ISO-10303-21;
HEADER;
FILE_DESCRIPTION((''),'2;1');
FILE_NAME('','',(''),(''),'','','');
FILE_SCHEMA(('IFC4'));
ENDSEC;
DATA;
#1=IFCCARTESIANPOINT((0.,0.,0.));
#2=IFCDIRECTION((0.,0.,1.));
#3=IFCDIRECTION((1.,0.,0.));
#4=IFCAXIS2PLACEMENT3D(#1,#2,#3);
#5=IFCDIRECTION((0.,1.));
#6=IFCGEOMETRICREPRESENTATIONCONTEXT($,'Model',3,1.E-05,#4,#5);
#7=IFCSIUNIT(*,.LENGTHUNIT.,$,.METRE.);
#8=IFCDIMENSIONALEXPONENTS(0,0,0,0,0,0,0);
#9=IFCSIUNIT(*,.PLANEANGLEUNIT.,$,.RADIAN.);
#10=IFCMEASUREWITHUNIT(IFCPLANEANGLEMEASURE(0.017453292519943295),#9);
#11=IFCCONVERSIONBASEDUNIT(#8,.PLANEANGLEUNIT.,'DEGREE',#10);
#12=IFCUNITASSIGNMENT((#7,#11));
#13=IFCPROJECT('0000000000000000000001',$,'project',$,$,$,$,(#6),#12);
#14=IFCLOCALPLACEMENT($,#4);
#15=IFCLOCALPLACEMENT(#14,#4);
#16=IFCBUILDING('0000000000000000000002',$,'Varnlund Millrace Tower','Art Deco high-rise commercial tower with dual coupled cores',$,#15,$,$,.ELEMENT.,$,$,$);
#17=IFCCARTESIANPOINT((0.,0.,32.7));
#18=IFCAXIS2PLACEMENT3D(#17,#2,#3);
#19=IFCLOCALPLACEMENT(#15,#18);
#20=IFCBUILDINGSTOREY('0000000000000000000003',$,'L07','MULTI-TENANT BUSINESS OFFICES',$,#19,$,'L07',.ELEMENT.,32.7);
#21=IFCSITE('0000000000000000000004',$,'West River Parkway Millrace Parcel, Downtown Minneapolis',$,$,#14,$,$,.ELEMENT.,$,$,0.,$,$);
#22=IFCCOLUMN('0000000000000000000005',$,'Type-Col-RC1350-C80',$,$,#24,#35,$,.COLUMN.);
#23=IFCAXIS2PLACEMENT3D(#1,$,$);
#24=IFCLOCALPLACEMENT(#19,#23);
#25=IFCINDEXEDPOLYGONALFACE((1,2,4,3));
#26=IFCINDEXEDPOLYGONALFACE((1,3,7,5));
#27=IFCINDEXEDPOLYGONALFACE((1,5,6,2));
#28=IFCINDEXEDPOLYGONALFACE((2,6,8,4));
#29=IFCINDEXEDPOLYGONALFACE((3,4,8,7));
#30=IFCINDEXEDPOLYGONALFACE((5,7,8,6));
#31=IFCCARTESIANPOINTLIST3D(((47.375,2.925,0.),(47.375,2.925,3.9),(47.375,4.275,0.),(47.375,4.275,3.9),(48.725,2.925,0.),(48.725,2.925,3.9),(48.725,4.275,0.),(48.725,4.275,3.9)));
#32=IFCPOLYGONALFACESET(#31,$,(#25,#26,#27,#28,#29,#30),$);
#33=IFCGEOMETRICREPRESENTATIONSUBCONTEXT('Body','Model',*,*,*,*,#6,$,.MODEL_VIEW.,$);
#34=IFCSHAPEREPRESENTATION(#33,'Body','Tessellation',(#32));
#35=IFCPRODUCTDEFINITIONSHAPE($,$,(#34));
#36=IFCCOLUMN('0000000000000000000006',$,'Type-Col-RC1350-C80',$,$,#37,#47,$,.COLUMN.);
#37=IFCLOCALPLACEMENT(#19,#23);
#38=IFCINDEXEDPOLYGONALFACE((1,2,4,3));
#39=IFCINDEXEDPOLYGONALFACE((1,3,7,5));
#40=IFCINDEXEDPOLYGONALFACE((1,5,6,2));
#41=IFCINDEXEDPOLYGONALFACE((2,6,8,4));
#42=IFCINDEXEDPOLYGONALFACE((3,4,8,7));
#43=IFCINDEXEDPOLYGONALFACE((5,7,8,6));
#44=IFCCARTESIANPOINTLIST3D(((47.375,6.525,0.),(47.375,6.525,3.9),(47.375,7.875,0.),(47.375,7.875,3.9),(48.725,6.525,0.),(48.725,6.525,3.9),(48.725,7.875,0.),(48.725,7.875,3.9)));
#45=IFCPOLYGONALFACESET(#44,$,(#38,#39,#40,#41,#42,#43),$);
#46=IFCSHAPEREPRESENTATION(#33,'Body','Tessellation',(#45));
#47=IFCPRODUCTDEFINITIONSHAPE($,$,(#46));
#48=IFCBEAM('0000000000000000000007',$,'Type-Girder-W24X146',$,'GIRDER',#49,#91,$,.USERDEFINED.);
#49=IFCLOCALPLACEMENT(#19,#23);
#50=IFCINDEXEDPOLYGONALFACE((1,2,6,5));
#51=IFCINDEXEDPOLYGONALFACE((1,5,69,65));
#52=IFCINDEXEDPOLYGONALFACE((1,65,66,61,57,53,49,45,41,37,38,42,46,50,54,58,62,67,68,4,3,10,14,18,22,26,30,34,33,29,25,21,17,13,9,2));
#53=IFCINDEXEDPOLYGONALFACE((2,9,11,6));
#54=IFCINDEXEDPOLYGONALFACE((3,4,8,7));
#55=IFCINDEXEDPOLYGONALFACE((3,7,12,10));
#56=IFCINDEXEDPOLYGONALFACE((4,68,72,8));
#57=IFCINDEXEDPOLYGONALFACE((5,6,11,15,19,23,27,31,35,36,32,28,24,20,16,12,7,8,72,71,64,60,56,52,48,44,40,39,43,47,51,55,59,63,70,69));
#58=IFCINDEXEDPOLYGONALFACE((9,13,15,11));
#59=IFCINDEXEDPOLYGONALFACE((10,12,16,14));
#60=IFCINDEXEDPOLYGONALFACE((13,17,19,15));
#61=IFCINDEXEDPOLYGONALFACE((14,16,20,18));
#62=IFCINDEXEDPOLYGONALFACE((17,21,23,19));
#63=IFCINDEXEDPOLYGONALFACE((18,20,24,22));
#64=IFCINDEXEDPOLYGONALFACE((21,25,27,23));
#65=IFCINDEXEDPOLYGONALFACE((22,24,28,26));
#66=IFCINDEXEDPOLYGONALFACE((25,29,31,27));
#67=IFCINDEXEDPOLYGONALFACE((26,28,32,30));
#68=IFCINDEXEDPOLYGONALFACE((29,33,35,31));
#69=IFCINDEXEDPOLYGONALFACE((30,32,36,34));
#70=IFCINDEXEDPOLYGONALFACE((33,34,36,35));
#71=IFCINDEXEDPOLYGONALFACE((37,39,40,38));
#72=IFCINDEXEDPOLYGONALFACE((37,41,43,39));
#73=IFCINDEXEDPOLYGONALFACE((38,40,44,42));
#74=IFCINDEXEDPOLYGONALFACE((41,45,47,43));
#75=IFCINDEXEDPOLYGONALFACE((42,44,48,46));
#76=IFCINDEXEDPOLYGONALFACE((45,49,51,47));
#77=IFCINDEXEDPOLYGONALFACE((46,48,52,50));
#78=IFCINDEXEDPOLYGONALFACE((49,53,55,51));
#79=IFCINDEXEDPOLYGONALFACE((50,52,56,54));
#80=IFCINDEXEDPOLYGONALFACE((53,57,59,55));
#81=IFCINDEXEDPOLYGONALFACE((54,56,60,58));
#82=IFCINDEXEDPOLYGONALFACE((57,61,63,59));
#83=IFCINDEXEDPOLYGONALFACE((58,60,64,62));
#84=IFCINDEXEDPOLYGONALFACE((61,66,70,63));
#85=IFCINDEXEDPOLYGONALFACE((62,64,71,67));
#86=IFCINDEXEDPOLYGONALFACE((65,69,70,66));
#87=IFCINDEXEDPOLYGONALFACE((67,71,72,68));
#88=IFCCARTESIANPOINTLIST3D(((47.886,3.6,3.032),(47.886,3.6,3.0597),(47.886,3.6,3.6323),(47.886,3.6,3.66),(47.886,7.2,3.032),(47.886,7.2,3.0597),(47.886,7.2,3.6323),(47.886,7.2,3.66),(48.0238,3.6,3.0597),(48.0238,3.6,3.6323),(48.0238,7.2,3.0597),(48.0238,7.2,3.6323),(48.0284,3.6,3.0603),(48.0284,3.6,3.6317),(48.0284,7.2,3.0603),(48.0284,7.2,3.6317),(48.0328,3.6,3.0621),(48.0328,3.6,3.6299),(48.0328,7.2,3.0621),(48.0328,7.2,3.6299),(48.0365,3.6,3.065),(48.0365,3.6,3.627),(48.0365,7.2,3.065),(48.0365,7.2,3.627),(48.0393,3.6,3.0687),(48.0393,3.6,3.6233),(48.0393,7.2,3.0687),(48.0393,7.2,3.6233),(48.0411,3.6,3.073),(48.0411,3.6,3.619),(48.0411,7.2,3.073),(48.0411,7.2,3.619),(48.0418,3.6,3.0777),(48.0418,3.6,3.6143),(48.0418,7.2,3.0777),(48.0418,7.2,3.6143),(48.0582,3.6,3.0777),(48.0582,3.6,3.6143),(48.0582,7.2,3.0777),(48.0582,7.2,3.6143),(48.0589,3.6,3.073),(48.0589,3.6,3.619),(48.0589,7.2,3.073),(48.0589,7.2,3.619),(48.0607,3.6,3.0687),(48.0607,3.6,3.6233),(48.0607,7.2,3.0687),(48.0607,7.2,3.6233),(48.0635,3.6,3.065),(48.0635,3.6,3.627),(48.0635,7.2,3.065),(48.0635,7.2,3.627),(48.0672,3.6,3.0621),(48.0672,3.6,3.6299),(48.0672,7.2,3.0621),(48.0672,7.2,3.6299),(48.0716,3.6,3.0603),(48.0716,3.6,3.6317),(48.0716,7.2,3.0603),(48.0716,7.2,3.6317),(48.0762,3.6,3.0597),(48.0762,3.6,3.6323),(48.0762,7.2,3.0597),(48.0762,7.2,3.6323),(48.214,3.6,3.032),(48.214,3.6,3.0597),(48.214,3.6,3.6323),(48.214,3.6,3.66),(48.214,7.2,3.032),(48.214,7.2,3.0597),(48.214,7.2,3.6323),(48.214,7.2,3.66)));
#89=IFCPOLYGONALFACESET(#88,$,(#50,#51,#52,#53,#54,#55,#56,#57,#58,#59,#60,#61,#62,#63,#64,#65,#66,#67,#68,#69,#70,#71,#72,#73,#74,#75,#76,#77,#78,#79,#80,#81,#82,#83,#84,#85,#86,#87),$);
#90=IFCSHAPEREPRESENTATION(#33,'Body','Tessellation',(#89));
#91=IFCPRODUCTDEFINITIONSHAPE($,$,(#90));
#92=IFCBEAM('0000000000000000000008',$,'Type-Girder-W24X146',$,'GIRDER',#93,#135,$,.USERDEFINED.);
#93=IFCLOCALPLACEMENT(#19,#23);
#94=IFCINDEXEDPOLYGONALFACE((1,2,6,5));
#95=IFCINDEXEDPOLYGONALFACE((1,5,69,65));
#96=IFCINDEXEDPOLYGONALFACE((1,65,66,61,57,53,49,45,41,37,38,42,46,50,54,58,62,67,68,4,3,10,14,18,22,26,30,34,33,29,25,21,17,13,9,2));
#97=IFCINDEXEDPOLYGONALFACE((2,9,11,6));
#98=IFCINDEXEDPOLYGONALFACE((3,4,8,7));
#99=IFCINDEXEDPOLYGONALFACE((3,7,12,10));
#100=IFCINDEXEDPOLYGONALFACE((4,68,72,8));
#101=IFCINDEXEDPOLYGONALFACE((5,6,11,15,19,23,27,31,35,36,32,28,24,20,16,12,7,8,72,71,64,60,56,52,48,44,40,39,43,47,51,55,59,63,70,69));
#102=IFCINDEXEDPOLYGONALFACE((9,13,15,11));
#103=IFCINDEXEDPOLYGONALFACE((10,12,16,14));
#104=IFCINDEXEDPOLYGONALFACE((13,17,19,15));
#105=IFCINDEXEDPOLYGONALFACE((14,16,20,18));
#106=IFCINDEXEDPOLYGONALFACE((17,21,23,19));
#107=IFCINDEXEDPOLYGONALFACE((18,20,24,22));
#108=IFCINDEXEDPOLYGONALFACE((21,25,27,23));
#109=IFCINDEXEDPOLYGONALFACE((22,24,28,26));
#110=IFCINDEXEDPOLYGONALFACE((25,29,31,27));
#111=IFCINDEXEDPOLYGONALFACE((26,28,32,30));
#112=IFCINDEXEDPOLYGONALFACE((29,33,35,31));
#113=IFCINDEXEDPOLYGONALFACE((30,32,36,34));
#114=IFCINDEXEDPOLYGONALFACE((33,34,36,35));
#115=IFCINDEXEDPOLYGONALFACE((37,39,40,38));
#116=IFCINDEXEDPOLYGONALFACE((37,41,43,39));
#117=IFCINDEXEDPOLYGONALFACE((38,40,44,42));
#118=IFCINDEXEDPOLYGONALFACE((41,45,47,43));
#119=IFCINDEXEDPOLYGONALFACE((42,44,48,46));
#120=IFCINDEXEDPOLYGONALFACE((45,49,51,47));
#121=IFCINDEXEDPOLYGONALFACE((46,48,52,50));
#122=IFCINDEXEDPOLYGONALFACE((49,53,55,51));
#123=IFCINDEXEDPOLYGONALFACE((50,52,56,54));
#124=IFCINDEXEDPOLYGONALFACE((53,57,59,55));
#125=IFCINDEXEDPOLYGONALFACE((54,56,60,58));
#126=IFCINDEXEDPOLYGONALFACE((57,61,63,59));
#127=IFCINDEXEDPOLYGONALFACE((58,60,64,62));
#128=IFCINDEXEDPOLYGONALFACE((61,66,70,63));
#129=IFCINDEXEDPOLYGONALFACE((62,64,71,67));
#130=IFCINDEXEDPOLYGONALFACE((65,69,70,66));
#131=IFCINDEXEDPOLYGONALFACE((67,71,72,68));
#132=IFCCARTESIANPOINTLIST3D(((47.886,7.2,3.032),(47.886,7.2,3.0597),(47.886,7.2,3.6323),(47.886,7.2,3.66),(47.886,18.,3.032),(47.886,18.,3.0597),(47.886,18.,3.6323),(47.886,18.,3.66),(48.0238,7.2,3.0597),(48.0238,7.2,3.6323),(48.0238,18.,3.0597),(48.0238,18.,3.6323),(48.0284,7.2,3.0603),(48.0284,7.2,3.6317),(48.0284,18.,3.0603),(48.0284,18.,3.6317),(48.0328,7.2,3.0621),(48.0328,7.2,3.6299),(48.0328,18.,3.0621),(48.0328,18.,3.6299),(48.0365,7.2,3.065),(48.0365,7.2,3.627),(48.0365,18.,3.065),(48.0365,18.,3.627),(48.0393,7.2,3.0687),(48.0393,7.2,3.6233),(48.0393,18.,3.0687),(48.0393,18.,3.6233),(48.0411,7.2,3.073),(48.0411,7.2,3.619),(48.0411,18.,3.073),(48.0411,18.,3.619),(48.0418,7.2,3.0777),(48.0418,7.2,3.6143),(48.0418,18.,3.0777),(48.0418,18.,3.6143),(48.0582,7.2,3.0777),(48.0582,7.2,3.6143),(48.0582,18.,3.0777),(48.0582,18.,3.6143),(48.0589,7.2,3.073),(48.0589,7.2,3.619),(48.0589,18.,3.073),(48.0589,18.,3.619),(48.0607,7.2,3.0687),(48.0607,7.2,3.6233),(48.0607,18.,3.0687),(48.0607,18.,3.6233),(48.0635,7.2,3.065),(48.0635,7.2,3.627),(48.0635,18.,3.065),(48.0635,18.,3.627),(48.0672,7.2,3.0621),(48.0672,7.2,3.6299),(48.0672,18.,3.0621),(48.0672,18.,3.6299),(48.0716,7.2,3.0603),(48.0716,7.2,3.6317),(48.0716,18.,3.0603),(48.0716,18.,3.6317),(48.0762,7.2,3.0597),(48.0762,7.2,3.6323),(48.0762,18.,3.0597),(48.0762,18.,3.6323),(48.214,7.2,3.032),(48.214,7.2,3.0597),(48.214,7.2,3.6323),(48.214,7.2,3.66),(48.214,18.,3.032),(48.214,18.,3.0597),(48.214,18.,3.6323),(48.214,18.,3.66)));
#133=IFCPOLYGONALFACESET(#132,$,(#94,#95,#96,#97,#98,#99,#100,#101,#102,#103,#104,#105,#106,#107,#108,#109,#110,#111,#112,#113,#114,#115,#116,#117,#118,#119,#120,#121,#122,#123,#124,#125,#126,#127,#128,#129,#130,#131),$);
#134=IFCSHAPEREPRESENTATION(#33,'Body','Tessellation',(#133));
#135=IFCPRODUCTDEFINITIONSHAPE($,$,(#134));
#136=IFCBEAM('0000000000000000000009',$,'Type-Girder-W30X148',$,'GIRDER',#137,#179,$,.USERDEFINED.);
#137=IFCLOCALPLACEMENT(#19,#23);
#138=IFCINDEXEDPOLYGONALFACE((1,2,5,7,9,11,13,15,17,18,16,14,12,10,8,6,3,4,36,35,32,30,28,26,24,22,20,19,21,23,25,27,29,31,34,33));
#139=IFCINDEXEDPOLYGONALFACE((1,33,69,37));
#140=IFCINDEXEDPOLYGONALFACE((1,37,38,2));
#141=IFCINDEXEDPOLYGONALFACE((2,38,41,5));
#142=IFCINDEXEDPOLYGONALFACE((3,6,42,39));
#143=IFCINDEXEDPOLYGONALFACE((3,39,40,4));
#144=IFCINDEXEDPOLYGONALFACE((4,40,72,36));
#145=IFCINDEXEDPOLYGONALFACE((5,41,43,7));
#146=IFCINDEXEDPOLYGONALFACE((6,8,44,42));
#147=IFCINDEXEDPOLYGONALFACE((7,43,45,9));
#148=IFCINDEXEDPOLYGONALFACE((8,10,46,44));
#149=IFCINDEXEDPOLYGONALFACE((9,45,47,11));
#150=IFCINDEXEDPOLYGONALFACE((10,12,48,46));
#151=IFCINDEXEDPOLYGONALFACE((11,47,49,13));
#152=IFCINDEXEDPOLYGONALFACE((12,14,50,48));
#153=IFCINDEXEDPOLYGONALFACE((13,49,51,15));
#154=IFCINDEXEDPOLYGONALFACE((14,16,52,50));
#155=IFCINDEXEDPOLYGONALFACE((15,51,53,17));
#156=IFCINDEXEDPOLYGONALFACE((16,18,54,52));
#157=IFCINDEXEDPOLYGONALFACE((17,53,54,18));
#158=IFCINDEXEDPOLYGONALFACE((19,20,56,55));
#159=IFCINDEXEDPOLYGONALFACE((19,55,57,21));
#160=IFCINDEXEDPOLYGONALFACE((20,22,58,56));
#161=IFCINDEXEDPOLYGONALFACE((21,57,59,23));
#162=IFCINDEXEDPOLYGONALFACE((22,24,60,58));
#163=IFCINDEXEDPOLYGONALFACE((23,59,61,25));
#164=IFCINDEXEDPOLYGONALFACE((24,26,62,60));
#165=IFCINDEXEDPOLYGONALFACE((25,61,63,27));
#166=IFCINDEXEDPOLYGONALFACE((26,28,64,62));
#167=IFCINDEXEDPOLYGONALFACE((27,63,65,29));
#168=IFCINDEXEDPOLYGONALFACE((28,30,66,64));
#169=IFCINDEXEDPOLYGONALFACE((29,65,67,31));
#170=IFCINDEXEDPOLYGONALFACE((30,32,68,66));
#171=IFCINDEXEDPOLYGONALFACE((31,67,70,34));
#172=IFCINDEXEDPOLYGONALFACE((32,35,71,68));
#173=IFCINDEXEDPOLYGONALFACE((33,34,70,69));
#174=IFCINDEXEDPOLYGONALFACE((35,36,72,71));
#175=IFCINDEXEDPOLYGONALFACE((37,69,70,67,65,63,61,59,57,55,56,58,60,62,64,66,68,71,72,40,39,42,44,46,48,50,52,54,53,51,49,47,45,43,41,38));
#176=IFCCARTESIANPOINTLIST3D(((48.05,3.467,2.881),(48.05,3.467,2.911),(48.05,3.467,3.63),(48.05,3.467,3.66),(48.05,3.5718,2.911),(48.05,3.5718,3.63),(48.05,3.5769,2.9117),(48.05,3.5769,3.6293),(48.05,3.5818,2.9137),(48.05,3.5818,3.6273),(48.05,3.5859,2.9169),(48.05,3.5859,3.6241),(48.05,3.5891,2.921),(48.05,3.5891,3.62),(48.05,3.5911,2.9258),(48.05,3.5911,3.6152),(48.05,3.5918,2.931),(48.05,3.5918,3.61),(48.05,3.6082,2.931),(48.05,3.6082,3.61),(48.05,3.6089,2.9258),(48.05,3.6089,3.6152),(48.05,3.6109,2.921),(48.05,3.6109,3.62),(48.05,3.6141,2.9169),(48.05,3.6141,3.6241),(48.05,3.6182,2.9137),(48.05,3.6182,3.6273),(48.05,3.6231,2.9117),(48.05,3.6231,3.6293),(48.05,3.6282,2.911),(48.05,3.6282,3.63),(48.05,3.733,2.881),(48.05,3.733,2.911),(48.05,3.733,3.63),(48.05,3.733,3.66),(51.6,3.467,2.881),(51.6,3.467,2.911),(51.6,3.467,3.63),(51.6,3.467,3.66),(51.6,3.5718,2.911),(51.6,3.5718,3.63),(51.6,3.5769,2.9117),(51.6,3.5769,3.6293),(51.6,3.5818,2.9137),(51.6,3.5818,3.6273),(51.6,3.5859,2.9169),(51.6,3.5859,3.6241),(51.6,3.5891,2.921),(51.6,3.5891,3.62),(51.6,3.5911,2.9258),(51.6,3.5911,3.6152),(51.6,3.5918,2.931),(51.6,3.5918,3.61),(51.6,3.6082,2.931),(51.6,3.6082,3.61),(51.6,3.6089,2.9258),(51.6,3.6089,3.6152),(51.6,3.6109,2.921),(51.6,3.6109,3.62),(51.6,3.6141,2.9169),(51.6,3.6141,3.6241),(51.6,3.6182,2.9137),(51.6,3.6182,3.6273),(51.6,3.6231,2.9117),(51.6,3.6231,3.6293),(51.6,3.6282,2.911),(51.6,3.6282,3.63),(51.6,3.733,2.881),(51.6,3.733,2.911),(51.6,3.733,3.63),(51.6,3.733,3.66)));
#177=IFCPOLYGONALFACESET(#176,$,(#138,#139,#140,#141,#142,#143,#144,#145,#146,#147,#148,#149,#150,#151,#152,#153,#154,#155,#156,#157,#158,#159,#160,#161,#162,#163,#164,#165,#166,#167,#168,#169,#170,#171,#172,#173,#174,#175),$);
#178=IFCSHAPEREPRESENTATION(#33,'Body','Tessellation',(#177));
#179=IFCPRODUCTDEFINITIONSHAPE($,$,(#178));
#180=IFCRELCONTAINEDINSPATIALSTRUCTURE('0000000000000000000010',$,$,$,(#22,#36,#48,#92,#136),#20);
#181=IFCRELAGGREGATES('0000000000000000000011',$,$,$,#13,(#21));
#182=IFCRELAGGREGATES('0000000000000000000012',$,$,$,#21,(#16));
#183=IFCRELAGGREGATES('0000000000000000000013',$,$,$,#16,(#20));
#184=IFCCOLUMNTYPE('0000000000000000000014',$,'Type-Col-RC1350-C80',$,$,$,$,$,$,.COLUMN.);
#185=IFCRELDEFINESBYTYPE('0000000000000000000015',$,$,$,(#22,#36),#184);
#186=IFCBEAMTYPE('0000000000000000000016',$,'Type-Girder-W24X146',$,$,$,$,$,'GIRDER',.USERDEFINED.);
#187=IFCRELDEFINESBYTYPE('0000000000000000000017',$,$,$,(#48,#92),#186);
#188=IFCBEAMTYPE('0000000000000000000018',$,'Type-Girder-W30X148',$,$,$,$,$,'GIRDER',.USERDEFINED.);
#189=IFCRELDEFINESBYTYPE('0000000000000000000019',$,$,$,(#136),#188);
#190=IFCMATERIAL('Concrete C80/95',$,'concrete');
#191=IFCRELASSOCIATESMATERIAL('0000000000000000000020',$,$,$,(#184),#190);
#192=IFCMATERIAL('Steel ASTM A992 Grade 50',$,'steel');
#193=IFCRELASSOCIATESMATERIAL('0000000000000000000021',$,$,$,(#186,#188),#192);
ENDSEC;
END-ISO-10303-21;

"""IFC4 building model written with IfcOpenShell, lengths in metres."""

from ifc_helpers import new_model, entity, si_unit, converted_unit, direction, frame, origin_with_axes, origin_2d_with_axis, place, context, subcontext, project, spatial, rectangle, i_section, extrude, material, material_profile, profile_set, type_object, element, save


model = new_model("IFC4")

# Units and contexts
model_context = context("Model", 3, precision=1e-05, world=origin_with_axes(), true_north=direction((0.0, 1.0)))
body_context = subcontext(model_context, "Body", "Model", "MODEL_VIEW")
ifc_project = project(units=[si_unit("LENGTHUNIT", "METRE"), converted_unit("PLANEANGLEUNIT", "DEGREE", entity("IfcPlaneAngleMeasure", 0.017453292519943295), si_unit("PLANEANGLEUNIT", "RADIAN"), dimensions=[0, 0, 0, 0, 0, 0, 0])], contexts=[model_context])

# Site, building, storey
site_placement = place(None, origin_with_axes())
site = spatial("IfcSite", under=ifc_project, at=site_placement, Name="West River Parkway Millrace Parcel, Downtown Minneapolis", CompositionType="ELEMENT", RefElevation=0.0)
building_placement = place(site_placement, origin_with_axes())
building = spatial("IfcBuilding", under=site, at=building_placement, Name="Varnlund Millrace Tower", Description="Art Deco high-rise commercial tower with dual coupled cores", CompositionType="ELEMENT")
storey_placement = place(building_placement, frame((0.0, 0.0, 32.7), z_axis=(0.0, 0.0, 1.0), x_axis=(1.0, 0.0, 0.0)))
storey = spatial("IfcBuildingStorey", under=building, at=storey_placement, Name="L07", Description="MULTI-TENANT BUSINESS OFFICES", LongName="L07", CompositionType="ELEMENT", Elevation=32.7)

# Columns
ifc_material_1 = material(Name="Concrete C80/95", Category="concrete")
ifc_material_profile_1 = material_profile(ifc_material_1, rectangle(XDim=1.35, YDim=1.35, at=origin_2d_with_axis()), Name="Concrete C80/95")
ifc_profile_set_1 = profile_set([ifc_material_profile_1], Name="Concrete C80/95")
column_type = type_object("IfcColumnType", Name="Type-Col-RC1350-C80", PredefinedType="COLUMN", material=ifc_profile_set_1)
for number, where, z_axis, x_axis, name in (
    (1, (48.05, 3.6, 0.0), (0.0, 0.0, 1.0), (1.0, 0.0, 0.0), "Type-Col-RC1350-C80"),
    (2, (48.05, 7.2, 0.0), (0.0, 0.0, 1.0), (1.0, 0.0, 0.0), "Type-Col-RC1350-C80"),
):
    element("IfcColumn", number, at=place(storey_placement, frame(where, z_axis=z_axis, x_axis=x_axis)), inside=storey, type_object=column_type, Name=name, PredefinedType="COLUMN", context=body_context, shape_type="SweptSolid", body=[
        extrude(rectangle(XDim=1.35, YDim=1.35, at=origin_2d_with_axis()), origin_with_axes(), (0.0, 0.0, 1.0), 3.9),
    ])

# Beams
ifc_material_2 = material(Name="Steel ASTM A992 Grade 50", Category="steel")
ifc_material_profile_2 = material_profile(ifc_material_2, i_section(OverallWidth=0.328, OverallDepth=0.628, WebThickness=0.0165, FlangeThickness=0.0277, FilletRadius=0.018, at=origin_2d_with_axis()), Name="Steel ASTM A992 Grade 50")
ifc_profile_set_2 = profile_set([ifc_material_profile_2], Name="Steel ASTM A992 Grade 50")
beam_type_1 = type_object("IfcBeamType", Name="Type-Girder-W24X146", ElementType="GIRDER", PredefinedType="USERDEFINED", material=ifc_profile_set_2)
beam_1_placement = place(storey_placement, frame((48.05, 3.6, 3.346), z_axis=(0.0, 1.0, 0.0), x_axis=(-1.0, 0.0, 0.0)))
element("IfcBeam", 3, at=beam_1_placement, inside=storey, type_object=beam_type_1, Name="Type-Girder-W24X146", ObjectType="GIRDER", PredefinedType="USERDEFINED", context=body_context, shape_type="SweptSolid", body=[
    extrude(i_section(OverallWidth=0.328, OverallDepth=0.628, WebThickness=0.0165, FlangeThickness=0.0277, FilletRadius=0.018, at=origin_2d_with_axis()), origin_with_axes(), (0.0, 0.0, 1.0), 3.6),
])
beam_2_placement = place(storey_placement, frame((48.05, 7.2, 3.346), z_axis=(0.0, 1.0, 0.0), x_axis=(-1.0, 0.0, 0.0)))
element("IfcBeam", 4, at=beam_2_placement, inside=storey, type_object=beam_type_1, Name="Type-Girder-W24X146", ObjectType="GIRDER", PredefinedType="USERDEFINED", context=body_context, shape_type="SweptSolid", body=[
    extrude(i_section(OverallWidth=0.328, OverallDepth=0.628, WebThickness=0.0165, FlangeThickness=0.0277, FilletRadius=0.018, at=origin_2d_with_axis()), origin_with_axes(), (0.0, 0.0, 1.0), 10.8),
])
ifc_material_profile_3 = material_profile(ifc_material_2, i_section(OverallWidth=0.266, OverallDepth=0.779, WebThickness=0.0165, FlangeThickness=0.03, FilletRadius=0.02, at=origin_2d_with_axis()), Name="Steel ASTM A992 Grade 50")
ifc_profile_set_3 = profile_set([ifc_material_profile_3], Name="Steel ASTM A992 Grade 50")
beam_type_2 = type_object("IfcBeamType", Name="Type-Girder-W30X148", ElementType="GIRDER", PredefinedType="USERDEFINED", material=ifc_profile_set_3)
for number, where, z_axis, x_axis, name in (
    (5, (48.05, 3.6, 3.2705), (1.0, 0.0, 0.0), (0.0, 1.0, 0.0), "Type-Girder-W30X148"),
):
    element("IfcBeam", number, at=place(storey_placement, frame(where, z_axis=z_axis, x_axis=x_axis)), inside=storey, type_object=beam_type_2, Name=name, ObjectType="GIRDER", PredefinedType="USERDEFINED", context=body_context, shape_type="SweptSolid", body=[
        extrude(i_section(OverallWidth=0.266, OverallDepth=0.779, WebThickness=0.0165, FlangeThickness=0.03, FilletRadius=0.02, at=origin_2d_with_axis()), origin_with_axes(), (0.0, 0.0, 1.0), 3.55),
    ])

save(model, "model.ifc")
